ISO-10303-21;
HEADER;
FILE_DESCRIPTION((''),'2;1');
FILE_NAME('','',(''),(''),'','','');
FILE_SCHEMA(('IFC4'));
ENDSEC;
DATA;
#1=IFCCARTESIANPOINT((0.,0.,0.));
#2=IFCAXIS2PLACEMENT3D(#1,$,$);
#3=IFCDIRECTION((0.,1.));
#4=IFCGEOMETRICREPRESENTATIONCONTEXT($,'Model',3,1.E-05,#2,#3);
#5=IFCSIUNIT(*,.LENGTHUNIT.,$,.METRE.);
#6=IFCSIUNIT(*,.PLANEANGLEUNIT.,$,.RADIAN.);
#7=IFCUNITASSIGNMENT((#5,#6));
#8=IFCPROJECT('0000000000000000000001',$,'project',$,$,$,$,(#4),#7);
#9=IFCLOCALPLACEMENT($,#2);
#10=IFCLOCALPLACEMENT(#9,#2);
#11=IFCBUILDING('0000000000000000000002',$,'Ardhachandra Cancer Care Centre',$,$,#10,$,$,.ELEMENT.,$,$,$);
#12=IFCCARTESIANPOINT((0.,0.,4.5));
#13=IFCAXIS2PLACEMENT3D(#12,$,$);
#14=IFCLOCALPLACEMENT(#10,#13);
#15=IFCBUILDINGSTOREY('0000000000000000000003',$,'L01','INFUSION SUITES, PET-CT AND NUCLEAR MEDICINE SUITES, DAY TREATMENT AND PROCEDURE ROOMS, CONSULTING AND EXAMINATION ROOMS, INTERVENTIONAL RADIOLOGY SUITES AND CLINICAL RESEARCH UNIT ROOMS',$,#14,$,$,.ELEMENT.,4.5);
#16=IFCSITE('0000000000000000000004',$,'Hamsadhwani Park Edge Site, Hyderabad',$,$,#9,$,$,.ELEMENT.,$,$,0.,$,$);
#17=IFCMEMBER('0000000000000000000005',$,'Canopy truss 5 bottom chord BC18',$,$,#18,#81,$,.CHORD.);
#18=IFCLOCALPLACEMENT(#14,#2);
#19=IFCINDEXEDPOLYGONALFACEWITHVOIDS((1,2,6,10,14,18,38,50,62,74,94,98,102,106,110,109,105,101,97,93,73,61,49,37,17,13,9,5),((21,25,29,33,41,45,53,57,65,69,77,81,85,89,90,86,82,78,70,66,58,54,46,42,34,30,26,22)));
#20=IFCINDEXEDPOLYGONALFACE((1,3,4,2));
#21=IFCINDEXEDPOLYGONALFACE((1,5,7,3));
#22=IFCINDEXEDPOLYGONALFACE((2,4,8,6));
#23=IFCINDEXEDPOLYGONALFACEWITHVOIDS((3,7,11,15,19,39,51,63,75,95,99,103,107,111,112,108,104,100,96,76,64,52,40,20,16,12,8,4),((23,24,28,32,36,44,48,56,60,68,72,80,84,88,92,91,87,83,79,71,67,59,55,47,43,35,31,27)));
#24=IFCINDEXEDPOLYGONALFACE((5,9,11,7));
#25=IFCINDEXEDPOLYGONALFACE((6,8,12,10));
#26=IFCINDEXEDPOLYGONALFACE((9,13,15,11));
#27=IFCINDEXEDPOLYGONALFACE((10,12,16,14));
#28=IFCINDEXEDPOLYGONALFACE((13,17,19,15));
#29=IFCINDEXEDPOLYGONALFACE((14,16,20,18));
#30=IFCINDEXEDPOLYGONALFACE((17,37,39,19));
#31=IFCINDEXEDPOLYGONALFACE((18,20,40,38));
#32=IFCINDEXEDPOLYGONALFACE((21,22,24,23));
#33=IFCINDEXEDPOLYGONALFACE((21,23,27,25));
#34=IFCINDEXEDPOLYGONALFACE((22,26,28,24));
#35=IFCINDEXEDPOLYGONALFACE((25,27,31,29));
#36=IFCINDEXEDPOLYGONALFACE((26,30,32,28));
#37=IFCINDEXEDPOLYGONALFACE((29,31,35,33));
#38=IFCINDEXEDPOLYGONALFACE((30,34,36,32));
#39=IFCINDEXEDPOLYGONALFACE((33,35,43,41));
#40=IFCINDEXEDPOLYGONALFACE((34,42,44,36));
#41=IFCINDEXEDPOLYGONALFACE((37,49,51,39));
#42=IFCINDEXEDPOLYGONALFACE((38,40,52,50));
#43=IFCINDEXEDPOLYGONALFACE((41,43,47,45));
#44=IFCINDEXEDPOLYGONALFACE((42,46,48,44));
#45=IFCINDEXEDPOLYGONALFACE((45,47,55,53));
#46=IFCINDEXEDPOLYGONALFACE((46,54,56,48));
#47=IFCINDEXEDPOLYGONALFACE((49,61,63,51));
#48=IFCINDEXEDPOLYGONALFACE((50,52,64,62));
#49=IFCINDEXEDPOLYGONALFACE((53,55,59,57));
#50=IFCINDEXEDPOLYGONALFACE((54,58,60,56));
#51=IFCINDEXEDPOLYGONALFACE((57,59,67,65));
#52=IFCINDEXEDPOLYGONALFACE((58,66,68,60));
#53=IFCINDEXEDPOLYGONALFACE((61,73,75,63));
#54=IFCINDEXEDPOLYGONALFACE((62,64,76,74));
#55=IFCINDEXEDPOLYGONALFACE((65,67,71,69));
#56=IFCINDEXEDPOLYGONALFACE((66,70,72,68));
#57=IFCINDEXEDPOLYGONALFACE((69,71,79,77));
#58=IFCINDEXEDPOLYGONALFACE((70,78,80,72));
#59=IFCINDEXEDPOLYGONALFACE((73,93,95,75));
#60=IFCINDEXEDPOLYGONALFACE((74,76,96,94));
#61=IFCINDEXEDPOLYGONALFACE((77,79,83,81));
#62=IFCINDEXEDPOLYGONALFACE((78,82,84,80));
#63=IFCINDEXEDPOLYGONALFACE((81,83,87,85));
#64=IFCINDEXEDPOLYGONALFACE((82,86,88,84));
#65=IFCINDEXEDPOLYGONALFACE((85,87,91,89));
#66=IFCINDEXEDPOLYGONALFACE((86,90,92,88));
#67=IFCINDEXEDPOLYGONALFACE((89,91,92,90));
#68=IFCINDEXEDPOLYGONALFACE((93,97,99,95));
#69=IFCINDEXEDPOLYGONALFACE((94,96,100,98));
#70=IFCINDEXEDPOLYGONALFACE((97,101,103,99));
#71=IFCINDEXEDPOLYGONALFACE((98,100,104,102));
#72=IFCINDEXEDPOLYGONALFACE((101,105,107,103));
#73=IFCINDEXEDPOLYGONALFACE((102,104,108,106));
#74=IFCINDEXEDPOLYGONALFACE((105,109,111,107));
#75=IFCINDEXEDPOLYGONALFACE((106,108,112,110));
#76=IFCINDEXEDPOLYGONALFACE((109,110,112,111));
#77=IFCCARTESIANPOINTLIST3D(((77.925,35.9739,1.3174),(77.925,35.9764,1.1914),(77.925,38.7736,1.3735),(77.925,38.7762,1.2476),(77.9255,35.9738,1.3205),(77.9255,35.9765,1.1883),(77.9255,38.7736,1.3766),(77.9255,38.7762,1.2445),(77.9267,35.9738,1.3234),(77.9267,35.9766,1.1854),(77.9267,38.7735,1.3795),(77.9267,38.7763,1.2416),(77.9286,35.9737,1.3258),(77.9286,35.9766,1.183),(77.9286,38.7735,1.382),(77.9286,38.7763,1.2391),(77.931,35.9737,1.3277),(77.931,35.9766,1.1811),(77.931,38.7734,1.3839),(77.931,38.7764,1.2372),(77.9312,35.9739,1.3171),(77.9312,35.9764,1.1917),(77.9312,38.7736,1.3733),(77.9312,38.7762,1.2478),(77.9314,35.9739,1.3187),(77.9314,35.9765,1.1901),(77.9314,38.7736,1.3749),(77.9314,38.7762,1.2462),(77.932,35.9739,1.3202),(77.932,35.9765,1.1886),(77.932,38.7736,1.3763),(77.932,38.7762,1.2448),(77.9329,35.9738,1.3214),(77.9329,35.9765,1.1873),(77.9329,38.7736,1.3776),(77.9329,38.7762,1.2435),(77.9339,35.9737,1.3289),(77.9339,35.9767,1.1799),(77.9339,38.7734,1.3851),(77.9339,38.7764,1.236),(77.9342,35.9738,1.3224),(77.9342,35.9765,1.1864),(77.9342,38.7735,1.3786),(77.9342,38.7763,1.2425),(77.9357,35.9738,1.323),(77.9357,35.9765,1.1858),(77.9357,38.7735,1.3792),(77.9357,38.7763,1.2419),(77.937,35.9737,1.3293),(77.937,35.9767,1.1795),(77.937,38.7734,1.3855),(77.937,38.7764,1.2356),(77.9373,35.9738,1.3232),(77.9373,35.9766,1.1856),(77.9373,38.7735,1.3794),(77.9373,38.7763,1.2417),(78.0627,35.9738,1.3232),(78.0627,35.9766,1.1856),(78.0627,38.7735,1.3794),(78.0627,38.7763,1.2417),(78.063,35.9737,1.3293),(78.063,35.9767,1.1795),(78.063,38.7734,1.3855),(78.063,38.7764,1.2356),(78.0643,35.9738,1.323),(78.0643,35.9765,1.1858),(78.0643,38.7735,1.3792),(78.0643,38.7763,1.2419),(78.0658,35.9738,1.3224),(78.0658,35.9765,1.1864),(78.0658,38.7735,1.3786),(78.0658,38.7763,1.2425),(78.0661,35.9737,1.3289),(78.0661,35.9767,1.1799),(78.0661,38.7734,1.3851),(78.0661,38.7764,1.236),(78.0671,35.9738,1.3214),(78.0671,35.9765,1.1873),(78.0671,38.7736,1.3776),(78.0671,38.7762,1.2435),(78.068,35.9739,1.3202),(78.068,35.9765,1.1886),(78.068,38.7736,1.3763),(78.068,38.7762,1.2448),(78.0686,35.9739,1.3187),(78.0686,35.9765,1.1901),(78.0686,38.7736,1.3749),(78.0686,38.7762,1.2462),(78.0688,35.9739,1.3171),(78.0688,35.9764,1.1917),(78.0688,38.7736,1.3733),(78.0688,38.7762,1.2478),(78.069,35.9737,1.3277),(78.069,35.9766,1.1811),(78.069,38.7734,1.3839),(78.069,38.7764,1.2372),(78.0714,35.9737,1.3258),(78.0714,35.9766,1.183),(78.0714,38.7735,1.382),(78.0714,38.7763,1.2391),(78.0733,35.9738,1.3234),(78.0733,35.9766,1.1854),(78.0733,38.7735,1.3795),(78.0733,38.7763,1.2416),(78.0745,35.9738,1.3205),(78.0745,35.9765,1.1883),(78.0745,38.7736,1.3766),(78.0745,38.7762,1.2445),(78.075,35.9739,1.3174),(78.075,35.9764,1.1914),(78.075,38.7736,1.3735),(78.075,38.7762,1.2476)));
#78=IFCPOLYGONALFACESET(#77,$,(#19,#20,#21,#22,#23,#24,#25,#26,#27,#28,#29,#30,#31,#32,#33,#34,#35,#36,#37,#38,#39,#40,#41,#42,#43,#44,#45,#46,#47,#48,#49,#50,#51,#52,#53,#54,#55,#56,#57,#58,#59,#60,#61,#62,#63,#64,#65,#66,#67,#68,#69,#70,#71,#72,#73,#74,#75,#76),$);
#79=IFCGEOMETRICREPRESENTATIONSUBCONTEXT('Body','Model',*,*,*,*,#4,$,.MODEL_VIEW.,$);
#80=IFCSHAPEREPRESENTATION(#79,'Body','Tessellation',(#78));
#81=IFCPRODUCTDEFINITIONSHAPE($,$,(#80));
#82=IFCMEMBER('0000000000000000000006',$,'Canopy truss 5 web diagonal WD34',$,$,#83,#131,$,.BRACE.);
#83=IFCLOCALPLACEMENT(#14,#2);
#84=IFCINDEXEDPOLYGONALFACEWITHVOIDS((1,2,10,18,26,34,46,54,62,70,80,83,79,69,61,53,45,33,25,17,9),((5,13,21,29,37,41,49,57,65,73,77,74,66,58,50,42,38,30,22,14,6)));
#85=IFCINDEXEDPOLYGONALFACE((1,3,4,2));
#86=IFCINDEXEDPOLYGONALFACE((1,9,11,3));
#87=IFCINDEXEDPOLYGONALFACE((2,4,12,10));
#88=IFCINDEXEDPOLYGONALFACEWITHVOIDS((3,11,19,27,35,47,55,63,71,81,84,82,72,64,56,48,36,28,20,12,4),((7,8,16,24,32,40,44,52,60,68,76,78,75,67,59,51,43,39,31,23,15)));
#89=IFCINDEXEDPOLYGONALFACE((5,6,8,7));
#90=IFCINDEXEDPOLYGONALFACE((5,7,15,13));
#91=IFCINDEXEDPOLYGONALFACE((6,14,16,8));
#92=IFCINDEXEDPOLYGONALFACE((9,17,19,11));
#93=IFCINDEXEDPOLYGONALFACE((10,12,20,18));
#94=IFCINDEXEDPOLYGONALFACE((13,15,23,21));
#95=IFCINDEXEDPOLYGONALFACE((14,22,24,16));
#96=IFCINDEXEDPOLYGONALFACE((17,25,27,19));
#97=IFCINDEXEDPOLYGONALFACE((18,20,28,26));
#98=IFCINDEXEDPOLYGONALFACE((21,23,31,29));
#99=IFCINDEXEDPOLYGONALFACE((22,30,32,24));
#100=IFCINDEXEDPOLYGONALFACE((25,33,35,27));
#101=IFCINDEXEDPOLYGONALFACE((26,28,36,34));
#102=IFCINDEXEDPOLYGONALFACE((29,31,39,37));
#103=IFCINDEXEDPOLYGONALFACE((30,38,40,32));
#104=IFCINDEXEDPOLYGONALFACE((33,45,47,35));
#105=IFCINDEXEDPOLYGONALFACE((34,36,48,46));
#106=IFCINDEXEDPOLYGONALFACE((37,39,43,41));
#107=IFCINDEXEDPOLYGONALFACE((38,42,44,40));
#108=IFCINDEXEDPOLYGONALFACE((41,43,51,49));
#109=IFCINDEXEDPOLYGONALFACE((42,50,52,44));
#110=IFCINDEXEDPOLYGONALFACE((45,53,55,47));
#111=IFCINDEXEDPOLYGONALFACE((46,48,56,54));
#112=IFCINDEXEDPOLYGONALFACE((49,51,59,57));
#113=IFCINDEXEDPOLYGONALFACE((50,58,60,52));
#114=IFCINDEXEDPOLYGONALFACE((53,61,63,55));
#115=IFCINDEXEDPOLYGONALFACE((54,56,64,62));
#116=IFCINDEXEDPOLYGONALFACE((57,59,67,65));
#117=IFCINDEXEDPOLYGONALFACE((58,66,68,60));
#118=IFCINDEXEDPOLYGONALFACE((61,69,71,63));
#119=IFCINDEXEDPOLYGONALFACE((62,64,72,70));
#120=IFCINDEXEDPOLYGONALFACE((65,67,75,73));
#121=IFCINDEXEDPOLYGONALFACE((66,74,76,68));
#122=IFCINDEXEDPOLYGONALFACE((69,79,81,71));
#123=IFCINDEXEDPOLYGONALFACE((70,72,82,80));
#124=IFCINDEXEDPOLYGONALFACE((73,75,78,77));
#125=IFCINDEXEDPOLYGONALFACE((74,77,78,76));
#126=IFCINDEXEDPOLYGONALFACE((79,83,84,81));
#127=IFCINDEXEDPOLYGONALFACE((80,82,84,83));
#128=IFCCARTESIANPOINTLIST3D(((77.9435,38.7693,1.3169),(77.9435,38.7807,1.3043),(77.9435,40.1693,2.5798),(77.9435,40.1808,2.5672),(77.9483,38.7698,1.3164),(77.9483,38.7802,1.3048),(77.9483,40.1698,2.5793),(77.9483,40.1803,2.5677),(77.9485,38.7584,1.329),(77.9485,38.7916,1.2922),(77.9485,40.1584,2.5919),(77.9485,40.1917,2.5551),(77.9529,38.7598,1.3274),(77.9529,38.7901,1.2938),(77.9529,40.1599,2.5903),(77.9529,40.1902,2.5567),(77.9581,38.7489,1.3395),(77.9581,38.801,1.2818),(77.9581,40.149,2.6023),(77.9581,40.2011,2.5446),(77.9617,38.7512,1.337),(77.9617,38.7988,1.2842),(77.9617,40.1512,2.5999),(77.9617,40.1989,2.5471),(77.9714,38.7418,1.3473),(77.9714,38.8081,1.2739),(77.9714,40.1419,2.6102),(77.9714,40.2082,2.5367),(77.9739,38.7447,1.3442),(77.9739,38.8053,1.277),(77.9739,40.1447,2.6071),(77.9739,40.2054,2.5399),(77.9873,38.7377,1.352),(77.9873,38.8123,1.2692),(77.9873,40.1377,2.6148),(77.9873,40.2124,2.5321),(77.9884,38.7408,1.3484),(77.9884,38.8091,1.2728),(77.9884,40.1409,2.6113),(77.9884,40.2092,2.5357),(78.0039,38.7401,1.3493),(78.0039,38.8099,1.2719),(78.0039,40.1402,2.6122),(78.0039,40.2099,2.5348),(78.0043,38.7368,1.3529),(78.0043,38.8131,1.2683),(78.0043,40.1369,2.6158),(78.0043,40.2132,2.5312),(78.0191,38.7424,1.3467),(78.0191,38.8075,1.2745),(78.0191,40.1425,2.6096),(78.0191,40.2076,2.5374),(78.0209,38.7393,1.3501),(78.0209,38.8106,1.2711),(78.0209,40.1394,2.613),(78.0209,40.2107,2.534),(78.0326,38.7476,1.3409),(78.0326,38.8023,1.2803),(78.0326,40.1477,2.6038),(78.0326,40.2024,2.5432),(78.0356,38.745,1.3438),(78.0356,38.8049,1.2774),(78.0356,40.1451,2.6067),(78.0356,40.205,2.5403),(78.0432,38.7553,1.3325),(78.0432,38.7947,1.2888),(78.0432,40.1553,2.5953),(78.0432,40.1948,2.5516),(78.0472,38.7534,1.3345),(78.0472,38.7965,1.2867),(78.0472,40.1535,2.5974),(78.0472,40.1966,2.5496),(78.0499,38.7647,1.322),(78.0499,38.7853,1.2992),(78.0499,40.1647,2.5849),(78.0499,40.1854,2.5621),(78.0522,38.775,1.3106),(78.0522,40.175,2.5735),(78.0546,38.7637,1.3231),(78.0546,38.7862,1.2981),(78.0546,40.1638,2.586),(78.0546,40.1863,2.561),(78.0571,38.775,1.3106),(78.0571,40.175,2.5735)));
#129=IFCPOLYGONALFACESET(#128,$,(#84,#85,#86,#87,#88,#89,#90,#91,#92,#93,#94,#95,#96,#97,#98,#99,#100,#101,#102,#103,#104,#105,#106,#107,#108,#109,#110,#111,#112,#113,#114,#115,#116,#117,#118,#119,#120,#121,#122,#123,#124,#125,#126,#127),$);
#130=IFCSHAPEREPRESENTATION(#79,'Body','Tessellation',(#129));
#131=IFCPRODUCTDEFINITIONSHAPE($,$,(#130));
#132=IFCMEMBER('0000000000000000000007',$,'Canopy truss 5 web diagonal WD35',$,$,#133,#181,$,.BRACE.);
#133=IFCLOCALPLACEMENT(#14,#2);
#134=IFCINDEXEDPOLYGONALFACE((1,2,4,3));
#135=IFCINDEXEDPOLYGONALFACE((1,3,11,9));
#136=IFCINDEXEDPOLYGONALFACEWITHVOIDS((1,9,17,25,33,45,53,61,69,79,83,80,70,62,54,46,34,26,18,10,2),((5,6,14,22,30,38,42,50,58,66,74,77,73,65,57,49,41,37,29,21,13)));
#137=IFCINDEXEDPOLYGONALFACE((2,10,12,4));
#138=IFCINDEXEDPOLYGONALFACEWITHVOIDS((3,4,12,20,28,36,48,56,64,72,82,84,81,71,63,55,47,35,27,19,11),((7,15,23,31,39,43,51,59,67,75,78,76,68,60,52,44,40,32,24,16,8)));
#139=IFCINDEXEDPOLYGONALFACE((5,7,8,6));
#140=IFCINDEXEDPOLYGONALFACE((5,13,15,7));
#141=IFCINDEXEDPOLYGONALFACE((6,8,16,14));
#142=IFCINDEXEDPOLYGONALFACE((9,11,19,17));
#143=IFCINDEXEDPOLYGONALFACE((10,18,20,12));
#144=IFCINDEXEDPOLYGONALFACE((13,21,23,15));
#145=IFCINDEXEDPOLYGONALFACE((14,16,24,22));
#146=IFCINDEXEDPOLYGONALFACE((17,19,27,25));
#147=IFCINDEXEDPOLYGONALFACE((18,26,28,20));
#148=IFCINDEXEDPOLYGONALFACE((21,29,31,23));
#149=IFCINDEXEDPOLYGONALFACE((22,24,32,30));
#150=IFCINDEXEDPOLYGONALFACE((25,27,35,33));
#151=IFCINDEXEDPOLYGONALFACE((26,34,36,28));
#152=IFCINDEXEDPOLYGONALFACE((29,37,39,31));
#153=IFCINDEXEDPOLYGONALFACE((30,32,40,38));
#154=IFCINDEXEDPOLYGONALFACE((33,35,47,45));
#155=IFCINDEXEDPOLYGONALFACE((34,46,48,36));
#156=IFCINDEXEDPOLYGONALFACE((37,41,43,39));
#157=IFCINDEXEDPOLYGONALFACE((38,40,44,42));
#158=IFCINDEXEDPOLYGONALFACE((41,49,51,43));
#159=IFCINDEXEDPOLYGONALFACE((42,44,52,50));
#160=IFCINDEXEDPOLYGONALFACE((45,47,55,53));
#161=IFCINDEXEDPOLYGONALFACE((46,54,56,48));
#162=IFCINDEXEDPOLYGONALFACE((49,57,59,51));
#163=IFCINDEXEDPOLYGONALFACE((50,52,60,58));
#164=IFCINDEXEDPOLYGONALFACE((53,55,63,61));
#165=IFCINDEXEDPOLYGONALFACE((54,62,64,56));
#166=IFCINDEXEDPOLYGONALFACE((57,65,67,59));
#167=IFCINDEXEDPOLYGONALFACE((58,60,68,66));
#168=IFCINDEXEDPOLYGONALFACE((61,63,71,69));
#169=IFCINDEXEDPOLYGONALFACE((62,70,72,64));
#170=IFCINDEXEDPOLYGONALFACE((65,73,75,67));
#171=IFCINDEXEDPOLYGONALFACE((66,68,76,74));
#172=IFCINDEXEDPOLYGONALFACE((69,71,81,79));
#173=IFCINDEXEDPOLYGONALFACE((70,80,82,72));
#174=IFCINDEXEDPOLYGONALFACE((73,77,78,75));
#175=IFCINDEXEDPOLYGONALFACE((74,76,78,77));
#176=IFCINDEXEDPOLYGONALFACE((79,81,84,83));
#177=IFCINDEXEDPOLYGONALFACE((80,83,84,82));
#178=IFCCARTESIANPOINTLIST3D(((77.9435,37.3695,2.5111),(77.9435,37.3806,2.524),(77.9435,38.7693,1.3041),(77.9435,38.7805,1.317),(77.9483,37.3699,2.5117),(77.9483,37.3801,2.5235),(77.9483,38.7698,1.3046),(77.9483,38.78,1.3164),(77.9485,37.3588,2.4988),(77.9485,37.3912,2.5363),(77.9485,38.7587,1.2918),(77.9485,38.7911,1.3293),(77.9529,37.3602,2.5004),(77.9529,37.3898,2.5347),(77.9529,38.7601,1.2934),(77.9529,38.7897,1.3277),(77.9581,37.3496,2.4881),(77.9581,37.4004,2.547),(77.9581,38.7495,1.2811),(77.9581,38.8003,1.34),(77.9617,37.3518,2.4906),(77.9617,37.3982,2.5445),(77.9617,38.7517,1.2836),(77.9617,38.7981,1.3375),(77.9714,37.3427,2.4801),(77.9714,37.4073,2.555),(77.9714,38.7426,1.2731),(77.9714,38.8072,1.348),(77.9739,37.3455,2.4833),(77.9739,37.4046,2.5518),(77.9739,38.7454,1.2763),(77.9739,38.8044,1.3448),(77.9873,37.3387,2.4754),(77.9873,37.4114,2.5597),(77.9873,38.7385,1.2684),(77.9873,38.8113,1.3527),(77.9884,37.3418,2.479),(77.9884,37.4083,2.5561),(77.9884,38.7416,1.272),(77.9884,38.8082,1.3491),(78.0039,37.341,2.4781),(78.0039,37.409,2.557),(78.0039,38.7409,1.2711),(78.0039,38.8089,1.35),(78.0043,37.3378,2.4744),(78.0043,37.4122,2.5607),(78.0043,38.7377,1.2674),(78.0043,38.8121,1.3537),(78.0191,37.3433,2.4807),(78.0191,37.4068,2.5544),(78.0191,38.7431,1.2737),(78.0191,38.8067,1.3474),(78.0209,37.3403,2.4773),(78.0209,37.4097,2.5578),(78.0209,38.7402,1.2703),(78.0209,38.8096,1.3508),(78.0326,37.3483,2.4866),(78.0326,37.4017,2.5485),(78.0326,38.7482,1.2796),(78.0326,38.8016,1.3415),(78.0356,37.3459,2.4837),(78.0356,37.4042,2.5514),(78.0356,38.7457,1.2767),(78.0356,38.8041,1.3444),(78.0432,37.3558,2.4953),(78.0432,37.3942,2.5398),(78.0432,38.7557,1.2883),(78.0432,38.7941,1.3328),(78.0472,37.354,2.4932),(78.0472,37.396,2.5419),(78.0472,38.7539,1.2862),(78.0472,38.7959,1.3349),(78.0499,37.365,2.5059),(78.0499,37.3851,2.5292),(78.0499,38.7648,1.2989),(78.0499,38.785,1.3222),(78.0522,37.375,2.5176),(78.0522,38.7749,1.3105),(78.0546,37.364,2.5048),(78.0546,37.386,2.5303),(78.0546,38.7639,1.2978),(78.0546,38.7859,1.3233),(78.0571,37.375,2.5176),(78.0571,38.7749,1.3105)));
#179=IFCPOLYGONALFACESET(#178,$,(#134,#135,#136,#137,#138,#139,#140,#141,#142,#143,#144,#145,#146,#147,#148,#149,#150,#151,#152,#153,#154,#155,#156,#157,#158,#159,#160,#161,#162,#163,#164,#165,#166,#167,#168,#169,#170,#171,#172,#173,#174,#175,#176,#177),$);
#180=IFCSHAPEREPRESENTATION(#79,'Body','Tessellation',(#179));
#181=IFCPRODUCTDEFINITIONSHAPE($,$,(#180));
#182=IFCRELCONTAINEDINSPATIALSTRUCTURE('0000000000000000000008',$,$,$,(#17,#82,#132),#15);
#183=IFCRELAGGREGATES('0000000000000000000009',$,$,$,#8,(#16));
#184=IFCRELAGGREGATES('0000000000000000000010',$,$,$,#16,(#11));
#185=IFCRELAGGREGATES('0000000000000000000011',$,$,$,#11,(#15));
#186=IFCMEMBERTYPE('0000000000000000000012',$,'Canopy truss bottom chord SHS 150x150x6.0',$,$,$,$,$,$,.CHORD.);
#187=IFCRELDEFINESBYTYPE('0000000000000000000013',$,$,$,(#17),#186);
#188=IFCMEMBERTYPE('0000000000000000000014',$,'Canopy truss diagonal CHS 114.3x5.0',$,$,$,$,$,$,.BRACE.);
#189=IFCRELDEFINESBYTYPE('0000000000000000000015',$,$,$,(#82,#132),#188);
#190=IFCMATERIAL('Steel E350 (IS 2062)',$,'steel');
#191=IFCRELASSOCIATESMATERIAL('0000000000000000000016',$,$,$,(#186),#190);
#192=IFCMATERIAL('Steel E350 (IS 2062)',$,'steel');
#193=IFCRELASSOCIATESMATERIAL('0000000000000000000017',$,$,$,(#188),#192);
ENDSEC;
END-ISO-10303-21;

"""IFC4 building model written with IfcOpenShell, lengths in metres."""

from ifc_helpers import new_model, si_unit, direction, frame, origin, origin_2d, place, context, subcontext, project, spatial, hollow_rectangle, hollow_circle, extrude, material, material_profile, profile_set, type_object, element, save


model = new_model("IFC4")

# Units and contexts
model_context = context("Model", 3, precision=1e-05, world=origin(), true_north=direction((0.0, 1.0)))
body_context = subcontext(model_context, "Body", "Model", "MODEL_VIEW")
ifc_project = project(units=[si_unit("LENGTHUNIT", "METRE"), si_unit("PLANEANGLEUNIT", "RADIAN")], contexts=[model_context])

# Site, building, storey
site_placement = place(None, origin())
site = spatial("IfcSite", under=ifc_project, at=site_placement, Name="Hamsadhwani Park Edge Site, Hyderabad", CompositionType="ELEMENT", RefElevation=0.0)
building_placement = place(site_placement, origin())
building = spatial("IfcBuilding", under=site, at=building_placement, Name="Ardhachandra Cancer Care Centre", CompositionType="ELEMENT")
storey_placement = place(building_placement, frame((0.0, 0.0, 4.5)))
storey = spatial("IfcBuildingStorey", under=building, at=storey_placement, Name="L01", Description="INFUSION SUITES, PET-CT AND NUCLEAR MEDICINE SUITES, DAY TREATMENT AND PROCEDURE ROOMS, CONSULTING AND EXAMINATION ROOMS, INTERVENTIONAL RADIOLOGY SUITES AND CLINICAL RESEARCH UNIT ROOMS", CompositionType="ELEMENT", Elevation=4.5)

# Members
ifc_material_1 = material(Name="Steel E350 (IS 2062)", Category="steel")
ifc_material_profile_1 = material_profile(ifc_material_1, hollow_rectangle(XDim=0.1499, YDim=0.1499, WallThickness=0.0061, InnerFilletRadius=0.0061, OuterFilletRadius=0.012, at=origin_2d()), Name="SHS 150x150x6.0")
ifc_profile_set_1 = profile_set([ifc_material_profile_1], Name="Steel E350 (IS 2062)")
member_type_1 = type_object("IfcMemberType", Name="Canopy truss bottom chord SHS 150x150x6.0", PredefinedType="CHORD", material=ifc_profile_set_1)
member_1_placement = place(storey_placement, frame((78.0, 38.7749, 1.3105), z_axis=(0.0, -0.999799, -0.020052), x_axis=(1.0, 0.0, 0.0)))
element("IfcMember", 1, at=member_1_placement, inside=storey, type_object=member_type_1, Name="Canopy truss 5 bottom chord BC18", PredefinedType="CHORD", context=body_context, shape_type="SweptSolid", body=[
    extrude(hollow_rectangle(XDim=0.1499, YDim=0.1499, WallThickness=0.0061, InnerFilletRadius=0.0061, OuterFilletRadius=0.012, at=origin_2d()), origin(), (0.0, 0.0, 1.0), 2.8003),
])
ifc_material_2 = material(Name="Steel E350 (IS 2062)", Category="steel")
ifc_material_profile_2 = material_profile(ifc_material_2, hollow_circle(Radius=0.0571, WallThickness=0.0049, at=origin_2d()), Name="CHS 114.3x5.0")
ifc_profile_set_2 = profile_set([ifc_material_profile_2], Name="Steel E350 (IS 2062)")
member_type_2 = type_object("IfcMemberType", Name="Canopy truss diagonal CHS 114.3x5.0", PredefinedType="BRACE", material=ifc_profile_set_2)
member_2_placement = place(storey_placement, frame((78.0, 40.175, 2.5735), z_axis=(0.0, -0.742553, -0.669787), x_axis=(1.0, 0.0, 0.0)))
element("IfcMember", 2, at=member_2_placement, inside=storey, type_object=member_type_2, Name="Canopy truss 5 web diagonal WD34", PredefinedType="BRACE", context=body_context, shape_type="SweptSolid", body=[
    extrude(hollow_circle(Radius=0.0571, WallThickness=0.0049, at=origin_2d()), origin(), (0.0, 0.0, 1.0), 1.8855),
])
member_3_placement = place(storey_placement, frame((78.0, 38.7749, 1.3105), z_axis=(0.0, -0.757351, 0.653008), x_axis=(1.0, 0.0, 0.0)))
element("IfcMember", 3, at=member_3_placement, inside=storey, type_object=member_type_2, Name="Canopy truss 5 web diagonal WD35", PredefinedType="BRACE", context=body_context, shape_type="SweptSolid", body=[
    extrude(hollow_circle(Radius=0.0571, WallThickness=0.0049, at=origin_2d()), origin(), (0.0, 0.0, 1.0), 1.8484),
])

save(model, "model.ifc")
